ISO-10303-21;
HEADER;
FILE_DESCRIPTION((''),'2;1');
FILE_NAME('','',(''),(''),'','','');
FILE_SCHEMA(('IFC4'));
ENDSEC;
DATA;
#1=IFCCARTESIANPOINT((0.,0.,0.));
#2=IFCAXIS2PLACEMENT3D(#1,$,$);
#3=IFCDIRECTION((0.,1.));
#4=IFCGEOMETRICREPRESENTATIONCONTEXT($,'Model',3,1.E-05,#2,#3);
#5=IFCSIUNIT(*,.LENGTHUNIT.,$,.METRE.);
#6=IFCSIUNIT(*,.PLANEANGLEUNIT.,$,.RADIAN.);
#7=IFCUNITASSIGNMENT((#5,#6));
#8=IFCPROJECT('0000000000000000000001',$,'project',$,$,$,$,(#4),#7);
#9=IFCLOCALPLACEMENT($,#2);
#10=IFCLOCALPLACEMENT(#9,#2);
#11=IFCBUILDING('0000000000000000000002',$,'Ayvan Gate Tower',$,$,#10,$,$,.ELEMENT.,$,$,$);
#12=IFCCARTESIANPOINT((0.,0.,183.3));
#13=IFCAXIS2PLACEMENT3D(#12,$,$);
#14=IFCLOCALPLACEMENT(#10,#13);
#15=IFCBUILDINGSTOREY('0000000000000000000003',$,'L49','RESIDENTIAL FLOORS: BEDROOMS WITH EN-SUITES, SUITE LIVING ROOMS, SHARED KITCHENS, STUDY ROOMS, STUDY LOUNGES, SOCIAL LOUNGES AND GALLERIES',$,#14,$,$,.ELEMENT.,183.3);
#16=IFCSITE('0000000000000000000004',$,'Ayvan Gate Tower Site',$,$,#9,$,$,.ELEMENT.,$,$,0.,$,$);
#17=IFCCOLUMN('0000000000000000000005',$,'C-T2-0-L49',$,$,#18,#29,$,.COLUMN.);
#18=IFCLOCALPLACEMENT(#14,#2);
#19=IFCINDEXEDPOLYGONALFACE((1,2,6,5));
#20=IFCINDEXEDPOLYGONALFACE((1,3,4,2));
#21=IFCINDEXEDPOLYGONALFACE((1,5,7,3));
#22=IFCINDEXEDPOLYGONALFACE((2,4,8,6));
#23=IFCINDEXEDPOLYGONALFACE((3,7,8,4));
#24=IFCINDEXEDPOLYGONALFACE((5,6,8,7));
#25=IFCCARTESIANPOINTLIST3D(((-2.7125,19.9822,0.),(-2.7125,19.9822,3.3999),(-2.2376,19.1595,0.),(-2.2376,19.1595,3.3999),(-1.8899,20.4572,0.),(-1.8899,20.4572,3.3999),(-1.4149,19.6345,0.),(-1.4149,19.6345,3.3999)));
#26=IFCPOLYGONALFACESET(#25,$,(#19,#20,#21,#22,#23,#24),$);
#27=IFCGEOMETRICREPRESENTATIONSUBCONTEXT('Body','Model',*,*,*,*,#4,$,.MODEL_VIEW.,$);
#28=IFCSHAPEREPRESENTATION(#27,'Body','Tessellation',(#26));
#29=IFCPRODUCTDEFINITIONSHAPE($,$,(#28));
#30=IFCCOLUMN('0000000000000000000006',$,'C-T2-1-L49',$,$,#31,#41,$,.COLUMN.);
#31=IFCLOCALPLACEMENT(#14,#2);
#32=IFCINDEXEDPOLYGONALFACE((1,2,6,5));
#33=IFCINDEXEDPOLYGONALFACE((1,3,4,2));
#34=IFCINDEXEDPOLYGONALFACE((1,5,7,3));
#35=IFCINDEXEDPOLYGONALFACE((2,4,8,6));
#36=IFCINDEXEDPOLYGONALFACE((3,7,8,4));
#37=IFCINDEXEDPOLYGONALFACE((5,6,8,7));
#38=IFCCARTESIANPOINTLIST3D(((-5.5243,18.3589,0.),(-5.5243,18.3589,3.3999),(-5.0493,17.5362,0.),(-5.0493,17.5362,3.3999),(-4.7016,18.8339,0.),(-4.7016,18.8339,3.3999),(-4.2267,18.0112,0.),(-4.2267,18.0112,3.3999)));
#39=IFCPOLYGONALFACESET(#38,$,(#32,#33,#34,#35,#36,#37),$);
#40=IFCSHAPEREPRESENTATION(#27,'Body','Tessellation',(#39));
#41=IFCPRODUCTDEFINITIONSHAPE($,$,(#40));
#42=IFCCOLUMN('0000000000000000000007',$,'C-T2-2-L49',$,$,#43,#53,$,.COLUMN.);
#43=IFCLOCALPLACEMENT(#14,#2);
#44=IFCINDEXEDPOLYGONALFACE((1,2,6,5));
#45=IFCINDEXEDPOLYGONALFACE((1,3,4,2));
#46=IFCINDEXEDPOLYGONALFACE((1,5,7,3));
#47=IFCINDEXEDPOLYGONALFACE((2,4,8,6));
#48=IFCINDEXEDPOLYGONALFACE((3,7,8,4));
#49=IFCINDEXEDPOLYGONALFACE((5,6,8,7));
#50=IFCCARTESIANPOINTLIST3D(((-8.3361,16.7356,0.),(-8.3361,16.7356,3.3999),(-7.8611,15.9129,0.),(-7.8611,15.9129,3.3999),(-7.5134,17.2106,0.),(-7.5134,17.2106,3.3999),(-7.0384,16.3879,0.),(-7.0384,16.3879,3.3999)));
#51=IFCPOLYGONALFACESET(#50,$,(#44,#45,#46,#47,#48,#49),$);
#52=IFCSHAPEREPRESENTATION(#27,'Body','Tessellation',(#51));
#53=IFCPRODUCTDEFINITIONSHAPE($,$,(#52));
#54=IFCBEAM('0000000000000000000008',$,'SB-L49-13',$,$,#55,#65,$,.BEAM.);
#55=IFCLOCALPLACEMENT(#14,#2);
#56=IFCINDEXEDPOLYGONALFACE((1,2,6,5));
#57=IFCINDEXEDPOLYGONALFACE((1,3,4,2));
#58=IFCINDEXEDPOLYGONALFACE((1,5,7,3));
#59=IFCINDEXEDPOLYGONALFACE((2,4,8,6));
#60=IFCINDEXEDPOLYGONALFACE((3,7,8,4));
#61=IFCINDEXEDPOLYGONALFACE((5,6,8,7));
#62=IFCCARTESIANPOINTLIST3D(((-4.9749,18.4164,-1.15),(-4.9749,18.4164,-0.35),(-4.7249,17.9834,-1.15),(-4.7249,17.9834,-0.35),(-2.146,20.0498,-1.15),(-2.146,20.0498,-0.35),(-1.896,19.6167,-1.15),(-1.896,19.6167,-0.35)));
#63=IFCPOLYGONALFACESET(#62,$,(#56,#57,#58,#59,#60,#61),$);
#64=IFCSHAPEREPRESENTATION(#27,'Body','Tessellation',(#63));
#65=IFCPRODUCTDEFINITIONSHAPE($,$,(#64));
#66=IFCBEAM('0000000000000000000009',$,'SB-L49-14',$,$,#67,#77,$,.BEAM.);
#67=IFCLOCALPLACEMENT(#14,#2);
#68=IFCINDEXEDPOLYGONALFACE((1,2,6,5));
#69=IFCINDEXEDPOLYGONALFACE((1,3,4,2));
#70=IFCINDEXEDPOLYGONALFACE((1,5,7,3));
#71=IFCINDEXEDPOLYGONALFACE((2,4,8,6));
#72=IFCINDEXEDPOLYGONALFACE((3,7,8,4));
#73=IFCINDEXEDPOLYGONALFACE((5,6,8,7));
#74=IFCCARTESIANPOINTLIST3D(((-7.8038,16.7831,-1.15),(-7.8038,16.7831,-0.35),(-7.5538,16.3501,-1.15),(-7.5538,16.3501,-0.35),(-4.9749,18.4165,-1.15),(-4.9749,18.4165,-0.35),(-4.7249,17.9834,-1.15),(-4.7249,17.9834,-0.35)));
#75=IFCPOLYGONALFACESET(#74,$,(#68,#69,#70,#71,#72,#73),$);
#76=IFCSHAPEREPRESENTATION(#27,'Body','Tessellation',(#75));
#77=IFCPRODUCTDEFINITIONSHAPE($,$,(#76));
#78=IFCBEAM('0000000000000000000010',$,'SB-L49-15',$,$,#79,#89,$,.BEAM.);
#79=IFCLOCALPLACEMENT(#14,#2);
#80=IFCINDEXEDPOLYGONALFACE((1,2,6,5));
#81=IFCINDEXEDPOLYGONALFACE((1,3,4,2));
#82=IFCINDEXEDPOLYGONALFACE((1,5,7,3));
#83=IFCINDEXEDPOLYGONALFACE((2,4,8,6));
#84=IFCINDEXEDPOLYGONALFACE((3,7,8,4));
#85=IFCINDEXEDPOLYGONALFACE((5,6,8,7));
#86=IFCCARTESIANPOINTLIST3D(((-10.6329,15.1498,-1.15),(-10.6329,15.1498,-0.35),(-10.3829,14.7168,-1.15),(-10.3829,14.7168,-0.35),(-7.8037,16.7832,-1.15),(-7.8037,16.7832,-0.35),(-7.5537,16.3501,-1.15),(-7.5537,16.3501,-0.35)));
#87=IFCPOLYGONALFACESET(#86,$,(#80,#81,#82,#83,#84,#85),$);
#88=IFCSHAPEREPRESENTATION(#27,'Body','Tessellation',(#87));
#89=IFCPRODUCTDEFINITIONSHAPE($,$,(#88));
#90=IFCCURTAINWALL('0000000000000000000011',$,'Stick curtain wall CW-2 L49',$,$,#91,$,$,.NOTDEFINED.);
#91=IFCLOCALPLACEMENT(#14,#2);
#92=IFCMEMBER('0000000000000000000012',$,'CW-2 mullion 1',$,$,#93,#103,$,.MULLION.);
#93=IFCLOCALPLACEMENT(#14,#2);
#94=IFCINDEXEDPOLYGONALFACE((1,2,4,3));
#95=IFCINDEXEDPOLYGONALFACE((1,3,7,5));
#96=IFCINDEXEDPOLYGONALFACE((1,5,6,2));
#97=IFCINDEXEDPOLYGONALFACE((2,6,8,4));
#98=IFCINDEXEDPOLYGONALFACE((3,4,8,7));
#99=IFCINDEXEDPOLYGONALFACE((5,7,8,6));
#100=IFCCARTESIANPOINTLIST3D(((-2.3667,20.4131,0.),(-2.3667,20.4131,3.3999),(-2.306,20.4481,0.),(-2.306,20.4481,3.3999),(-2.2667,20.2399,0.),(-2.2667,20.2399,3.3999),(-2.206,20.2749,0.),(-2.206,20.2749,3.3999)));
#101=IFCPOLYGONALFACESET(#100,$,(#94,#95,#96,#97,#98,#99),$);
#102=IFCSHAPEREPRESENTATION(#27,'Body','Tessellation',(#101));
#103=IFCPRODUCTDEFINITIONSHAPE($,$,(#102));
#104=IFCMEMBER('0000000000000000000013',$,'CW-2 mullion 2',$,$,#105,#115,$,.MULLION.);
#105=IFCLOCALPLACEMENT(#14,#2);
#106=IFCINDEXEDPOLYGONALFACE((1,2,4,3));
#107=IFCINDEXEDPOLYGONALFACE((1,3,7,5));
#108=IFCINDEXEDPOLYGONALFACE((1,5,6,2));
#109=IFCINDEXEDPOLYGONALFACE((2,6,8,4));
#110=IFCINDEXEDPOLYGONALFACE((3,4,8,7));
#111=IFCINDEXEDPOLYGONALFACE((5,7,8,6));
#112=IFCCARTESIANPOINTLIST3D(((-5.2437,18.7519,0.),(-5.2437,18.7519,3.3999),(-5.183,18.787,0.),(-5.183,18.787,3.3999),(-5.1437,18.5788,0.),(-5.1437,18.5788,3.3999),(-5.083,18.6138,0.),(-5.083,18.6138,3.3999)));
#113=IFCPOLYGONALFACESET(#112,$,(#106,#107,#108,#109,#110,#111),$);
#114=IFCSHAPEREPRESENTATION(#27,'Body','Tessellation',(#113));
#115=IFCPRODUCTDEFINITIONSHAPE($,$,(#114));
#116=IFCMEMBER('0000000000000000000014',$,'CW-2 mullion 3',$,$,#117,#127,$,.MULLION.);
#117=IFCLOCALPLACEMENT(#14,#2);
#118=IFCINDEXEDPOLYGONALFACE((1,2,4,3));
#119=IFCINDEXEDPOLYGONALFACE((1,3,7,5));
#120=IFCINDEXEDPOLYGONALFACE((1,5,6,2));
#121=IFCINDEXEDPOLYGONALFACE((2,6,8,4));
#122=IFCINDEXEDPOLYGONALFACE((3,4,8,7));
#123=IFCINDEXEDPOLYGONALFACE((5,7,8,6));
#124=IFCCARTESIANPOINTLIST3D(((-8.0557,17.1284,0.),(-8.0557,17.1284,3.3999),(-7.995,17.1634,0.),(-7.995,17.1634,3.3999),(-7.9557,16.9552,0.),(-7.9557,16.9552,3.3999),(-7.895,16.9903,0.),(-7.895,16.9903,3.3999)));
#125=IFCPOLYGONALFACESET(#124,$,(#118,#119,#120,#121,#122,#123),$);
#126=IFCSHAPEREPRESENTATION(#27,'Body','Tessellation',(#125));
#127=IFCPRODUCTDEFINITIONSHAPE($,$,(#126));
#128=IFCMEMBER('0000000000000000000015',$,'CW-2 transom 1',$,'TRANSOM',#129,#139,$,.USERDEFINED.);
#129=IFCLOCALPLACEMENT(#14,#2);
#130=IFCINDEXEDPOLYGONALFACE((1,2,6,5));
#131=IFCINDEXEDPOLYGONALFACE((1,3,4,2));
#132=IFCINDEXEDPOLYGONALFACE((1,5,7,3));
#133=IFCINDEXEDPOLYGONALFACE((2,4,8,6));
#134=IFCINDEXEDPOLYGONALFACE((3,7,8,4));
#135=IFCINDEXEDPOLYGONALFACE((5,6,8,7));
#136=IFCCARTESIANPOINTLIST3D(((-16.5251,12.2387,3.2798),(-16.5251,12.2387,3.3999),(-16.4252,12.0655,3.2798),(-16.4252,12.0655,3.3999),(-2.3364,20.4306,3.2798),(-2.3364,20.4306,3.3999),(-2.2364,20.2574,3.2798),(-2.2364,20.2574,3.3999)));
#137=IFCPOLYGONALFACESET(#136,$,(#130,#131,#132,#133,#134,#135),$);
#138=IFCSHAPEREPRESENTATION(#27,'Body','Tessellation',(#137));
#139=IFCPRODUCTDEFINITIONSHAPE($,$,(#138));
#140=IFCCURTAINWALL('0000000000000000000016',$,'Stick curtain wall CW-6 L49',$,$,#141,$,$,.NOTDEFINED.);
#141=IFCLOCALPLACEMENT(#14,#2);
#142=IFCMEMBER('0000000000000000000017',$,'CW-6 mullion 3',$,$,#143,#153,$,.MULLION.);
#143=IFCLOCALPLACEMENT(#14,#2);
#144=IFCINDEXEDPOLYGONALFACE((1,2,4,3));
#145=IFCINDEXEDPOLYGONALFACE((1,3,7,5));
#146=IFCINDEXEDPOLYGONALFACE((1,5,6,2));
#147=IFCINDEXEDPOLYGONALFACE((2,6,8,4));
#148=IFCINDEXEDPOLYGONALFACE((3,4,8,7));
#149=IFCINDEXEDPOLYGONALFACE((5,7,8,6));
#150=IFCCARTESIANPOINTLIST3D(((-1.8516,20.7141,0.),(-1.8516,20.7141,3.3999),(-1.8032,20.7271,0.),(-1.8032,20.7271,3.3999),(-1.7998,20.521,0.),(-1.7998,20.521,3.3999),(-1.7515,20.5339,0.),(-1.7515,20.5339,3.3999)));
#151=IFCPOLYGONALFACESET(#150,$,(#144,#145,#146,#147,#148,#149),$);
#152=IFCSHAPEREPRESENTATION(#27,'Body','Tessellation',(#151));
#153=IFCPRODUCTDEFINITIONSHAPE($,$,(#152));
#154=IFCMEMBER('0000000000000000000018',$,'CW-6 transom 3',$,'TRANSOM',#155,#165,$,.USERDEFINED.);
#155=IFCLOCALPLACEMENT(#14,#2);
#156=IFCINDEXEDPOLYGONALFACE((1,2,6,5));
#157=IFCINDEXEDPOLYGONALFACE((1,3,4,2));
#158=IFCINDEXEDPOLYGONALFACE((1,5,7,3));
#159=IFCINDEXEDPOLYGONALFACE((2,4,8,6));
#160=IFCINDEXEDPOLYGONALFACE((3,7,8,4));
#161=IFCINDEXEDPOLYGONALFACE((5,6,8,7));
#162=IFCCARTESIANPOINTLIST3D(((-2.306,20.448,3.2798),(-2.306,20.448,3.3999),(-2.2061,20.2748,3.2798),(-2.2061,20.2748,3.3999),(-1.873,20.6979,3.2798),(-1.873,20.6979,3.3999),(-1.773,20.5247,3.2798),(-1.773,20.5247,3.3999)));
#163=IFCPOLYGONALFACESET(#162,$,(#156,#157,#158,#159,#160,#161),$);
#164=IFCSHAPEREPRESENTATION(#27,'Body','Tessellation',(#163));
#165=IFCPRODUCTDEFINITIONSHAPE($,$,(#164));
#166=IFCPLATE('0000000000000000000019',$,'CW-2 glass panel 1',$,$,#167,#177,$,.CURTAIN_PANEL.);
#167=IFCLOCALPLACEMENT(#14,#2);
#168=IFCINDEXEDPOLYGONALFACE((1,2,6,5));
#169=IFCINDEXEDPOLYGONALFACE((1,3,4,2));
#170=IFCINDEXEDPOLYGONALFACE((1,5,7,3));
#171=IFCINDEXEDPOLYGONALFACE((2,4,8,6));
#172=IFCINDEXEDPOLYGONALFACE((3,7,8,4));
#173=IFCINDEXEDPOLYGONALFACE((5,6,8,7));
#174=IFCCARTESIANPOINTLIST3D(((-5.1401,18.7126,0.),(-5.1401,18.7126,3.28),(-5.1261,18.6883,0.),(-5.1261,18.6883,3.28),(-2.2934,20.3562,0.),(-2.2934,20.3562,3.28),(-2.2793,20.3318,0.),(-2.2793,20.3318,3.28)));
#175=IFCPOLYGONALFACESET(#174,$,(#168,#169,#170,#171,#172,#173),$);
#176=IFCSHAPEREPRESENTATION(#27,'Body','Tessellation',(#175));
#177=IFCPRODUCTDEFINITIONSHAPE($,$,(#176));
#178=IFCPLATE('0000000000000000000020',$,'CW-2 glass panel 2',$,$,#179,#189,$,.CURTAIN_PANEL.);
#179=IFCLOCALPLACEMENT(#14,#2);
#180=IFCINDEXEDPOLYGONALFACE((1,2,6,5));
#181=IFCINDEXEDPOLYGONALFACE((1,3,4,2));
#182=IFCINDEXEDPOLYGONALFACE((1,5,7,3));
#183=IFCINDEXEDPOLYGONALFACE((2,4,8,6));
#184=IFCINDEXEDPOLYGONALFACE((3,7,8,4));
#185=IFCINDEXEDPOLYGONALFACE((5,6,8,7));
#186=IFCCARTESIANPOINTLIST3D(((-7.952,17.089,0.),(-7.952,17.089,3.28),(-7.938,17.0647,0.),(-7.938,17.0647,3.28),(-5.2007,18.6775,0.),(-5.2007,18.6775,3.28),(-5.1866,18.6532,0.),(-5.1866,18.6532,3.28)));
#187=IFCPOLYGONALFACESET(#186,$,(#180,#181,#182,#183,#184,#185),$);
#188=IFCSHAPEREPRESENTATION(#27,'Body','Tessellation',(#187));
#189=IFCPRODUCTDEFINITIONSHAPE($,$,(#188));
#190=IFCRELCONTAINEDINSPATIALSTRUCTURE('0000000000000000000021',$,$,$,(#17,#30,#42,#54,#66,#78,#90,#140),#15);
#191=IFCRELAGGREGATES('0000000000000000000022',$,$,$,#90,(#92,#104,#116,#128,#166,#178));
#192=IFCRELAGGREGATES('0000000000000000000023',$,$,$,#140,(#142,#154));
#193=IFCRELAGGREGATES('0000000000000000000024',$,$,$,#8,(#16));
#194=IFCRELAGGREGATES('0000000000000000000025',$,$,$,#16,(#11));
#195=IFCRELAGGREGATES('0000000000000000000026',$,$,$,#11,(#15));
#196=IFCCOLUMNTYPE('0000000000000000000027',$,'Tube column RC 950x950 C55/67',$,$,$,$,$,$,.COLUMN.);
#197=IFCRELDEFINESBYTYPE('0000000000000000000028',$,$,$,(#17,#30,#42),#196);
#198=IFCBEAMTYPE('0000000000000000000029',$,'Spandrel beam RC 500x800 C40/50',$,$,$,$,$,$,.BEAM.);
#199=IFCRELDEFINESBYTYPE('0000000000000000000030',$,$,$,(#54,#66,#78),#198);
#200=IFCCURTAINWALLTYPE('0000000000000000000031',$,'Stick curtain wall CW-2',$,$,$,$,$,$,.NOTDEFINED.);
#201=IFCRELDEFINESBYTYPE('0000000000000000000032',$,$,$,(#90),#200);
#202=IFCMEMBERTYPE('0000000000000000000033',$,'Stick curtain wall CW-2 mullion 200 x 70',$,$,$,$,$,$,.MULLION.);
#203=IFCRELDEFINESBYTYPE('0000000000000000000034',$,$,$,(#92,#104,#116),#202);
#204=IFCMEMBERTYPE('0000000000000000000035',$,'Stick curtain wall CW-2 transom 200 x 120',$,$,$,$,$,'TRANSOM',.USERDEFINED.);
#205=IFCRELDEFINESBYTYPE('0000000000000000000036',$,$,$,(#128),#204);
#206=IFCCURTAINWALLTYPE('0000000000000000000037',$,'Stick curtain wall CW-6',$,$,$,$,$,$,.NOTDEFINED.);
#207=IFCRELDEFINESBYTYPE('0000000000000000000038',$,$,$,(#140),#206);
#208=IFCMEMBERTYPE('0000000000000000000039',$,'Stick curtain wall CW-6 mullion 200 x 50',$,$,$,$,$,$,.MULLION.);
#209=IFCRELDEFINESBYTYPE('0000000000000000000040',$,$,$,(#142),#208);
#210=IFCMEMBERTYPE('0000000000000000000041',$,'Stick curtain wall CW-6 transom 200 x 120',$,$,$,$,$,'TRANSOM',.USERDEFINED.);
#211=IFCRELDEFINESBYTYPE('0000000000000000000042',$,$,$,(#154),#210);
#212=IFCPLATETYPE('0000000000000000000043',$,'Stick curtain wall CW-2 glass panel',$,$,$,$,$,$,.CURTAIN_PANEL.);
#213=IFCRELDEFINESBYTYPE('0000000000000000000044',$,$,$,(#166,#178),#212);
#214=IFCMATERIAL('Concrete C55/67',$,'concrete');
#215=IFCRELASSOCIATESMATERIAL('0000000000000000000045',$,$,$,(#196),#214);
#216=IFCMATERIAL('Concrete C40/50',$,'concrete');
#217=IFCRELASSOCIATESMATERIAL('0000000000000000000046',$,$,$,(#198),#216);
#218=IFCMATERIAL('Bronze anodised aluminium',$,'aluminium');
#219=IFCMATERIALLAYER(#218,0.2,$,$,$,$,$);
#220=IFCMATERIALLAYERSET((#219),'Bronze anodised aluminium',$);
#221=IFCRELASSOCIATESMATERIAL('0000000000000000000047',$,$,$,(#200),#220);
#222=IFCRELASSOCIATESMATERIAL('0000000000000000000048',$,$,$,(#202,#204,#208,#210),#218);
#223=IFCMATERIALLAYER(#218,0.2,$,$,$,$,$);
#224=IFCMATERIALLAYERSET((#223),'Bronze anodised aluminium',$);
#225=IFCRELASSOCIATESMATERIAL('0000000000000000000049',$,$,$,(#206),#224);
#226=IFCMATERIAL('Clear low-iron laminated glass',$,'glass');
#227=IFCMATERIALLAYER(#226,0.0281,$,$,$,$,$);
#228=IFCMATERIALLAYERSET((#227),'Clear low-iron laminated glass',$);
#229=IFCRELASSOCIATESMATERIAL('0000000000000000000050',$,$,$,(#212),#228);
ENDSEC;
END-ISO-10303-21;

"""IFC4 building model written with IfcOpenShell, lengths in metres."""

from ifc_helpers import new_model, si_unit, direction, frame, origin, origin_2d, place, context, subcontext, project, spatial, rectangle, extrude, material, layer, layer_set, material_profile, profile_set, type_object, element, aggregate, save


model = new_model("IFC4")

# Units and contexts
model_context = context("Model", 3, precision=1e-05, world=origin(), true_north=direction((0.0, 1.0)))
body_context = subcontext(model_context, "Body", "Model", "MODEL_VIEW")
ifc_project = project(units=[si_unit("LENGTHUNIT", "METRE"), si_unit("PLANEANGLEUNIT", "RADIAN")], contexts=[model_context])

# Site, building, storey
site_placement = place(None, origin())
site = spatial("IfcSite", under=ifc_project, at=site_placement, Name="Ayvan Gate Tower Site", CompositionType="ELEMENT", RefElevation=0.0)
building_placement = place(site_placement, origin())
building = spatial("IfcBuilding", under=site, at=building_placement, Name="Ayvan Gate Tower", CompositionType="ELEMENT")
storey_placement = place(building_placement, frame((0.0, 0.0, 183.3)))
storey = spatial("IfcBuildingStorey", under=building, at=storey_placement, Name="L49", Description="RESIDENTIAL FLOORS: BEDROOMS WITH EN-SUITES, SUITE LIVING ROOMS, SHARED KITCHENS, STUDY ROOMS, STUDY LOUNGES, SOCIAL LOUNGES AND GALLERIES", CompositionType="ELEMENT", Elevation=183.3)

# Columns
ifc_material_1 = material(Name="Concrete C55/67", Category="concrete")
ifc_material_profile_1 = material_profile(ifc_material_1, rectangle(XDim=0.95, YDim=0.95, at=origin_2d()), Name="RC 950x950")
ifc_profile_set_1 = profile_set([ifc_material_profile_1], Name="Concrete C55/67")
column_type = type_object("IfcColumnType", Name="Tube column RC 950x950 C55/67", PredefinedType="COLUMN", material=ifc_profile_set_1)
for number, where, z_axis, x_axis, name in (
    (1, (-2.0637, 19.8083, 0.0), (0.0, 0.0, 1.0), (-0.5, 0.866025, 0.0), "C-T2-0-L49"),
    (2, (-4.8755, 18.1851, 0.0), (0.0, 0.0, 1.0), (-0.5, 0.866025, 0.0), "C-T2-1-L49"),
    (3, (-7.6873, 16.5618, 0.0), (0.0, 0.0, 1.0), (-0.5, 0.866025, 0.0), "C-T2-2-L49"),
):
    element("IfcColumn", number, at=place(storey_placement, frame(where, z_axis=z_axis, x_axis=x_axis)), inside=storey, type_object=column_type, Name=name, PredefinedType="COLUMN", context=body_context, shape_type="SweptSolid", body=[
        extrude(rectangle(XDim=0.95, YDim=0.95, at=origin_2d()), origin(), (0.0, 0.0, 1.0), 3.3999),
    ])

# Beams
ifc_material_2 = material(Name="Concrete C40/50", Category="concrete")
ifc_material_profile_2 = material_profile(ifc_material_2, rectangle(XDim=0.5, YDim=0.8, at=origin_2d()), Name="RC 500x800")
ifc_profile_set_2 = profile_set([ifc_material_profile_2], Name="Concrete C40/50")
beam_type = type_object("IfcBeamType", Name="Spandrel beam RC 500x800 C40/50", PredefinedType="BEAM", material=ifc_profile_set_2)
for number, where, z_axis, x_axis, name in (
    (4, (-2.021, 19.8333, -0.75), (-0.866018, -0.500014, 0.0), (0.500014, -0.866018, 0.0), "SB-L49-13"),
    (5, (-4.8499, 18.2, -0.75), (-0.866018, -0.500014, 0.0), (0.500014, -0.866018, 0.0), "SB-L49-14"),
):
    element("IfcBeam", number, at=place(storey_placement, frame(where, z_axis=z_axis, x_axis=x_axis)), inside=storey, type_object=beam_type, Name=name, PredefinedType="BEAM", context=body_context, shape_type="SweptSolid", body=[
        extrude(rectangle(XDim=0.5, YDim=0.8, at=origin_2d()), origin(), (0.0, 0.0, 1.0), 3.2666),
    ])
beam_placement = place(storey_placement, frame((-7.6787, 16.5667, -0.75), z_axis=(-0.866036, -0.499981, 0.0), x_axis=(0.499981, -0.866036, 0.0)))
element("IfcBeam", 6, at=beam_placement, inside=storey, type_object=beam_type, Name="SB-L49-15", PredefinedType="BEAM", context=body_context, shape_type="SweptSolid", body=[
    extrude(rectangle(XDim=0.5, YDim=0.8, at=origin_2d()), origin(), (0.0, 0.0, 1.0), 3.2668),
])

# Curtain walls, members
ifc_material_3 = material(Name="Bronze anodised aluminium", Category="aluminium")
ifc_layer_1 = layer(ifc_material_3, 0.2)
ifc_layer_set_1 = layer_set([ifc_layer_1], Name="Bronze anodised aluminium")
curtain_wall_type_1 = type_object("IfcCurtainWallType", Name="Stick curtain wall CW-2", PredefinedType="NOTDEFINED", material=ifc_layer_set_1)
curtain_wall_1_placement = place(storey_placement, origin())
curtain_wall_1 = element("IfcCurtainWall", 7, at=curtain_wall_1_placement, inside=storey, type_object=curtain_wall_type_1, Name="Stick curtain wall CW-2 L49", PredefinedType="NOTDEFINED")
ifc_material_profile_3 = material_profile(ifc_material_3, rectangle(XDim=0.2, YDim=0.0701, at=origin_2d()), Name="Stick curtain wall CW-2 mullion 200 x 70")
ifc_profile_set_3 = profile_set([ifc_material_profile_3], Name="Bronze anodised aluminium")
member_type_1 = type_object("IfcMemberType", Name="Stick curtain wall CW-2 mullion 200 x 70", PredefinedType="MULLION", material=ifc_profile_set_3)
member_1_placement = place(storey_placement, frame((-2.2864, 20.344, 0.0), z_axis=(0.0, 0.0, 1.0), x_axis=(-0.5, 0.866025, 0.0)))
member_1 = element("IfcMember", 8, at=member_1_placement, type_object=member_type_1, Name="CW-2 mullion 1", PredefinedType="MULLION", context=body_context, shape_type="SweptSolid", body=[
    extrude(rectangle(XDim=0.2, YDim=0.0701, at=origin_2d()), origin(), (0.0, 0.0, 1.0), 3.3999),
])
member_2_placement = place(storey_placement, frame((-5.1633, 18.6829, 0.0), z_axis=(0.0, 0.0, 1.0), x_axis=(-0.5, 0.866025, 0.0)))
member_2 = element("IfcMember", 9, at=member_2_placement, type_object=member_type_1, Name="CW-2 mullion 2", PredefinedType="MULLION", context=body_context, shape_type="SweptSolid", body=[
    extrude(rectangle(XDim=0.2, YDim=0.0701, at=origin_2d()), origin(), (0.0, 0.0, 1.0), 3.3999),
])
member_3_placement = place(storey_placement, frame((-7.9753, 17.0593, 0.0), z_axis=(0.0, 0.0, 1.0), x_axis=(-0.5, 0.866025, 0.0)))
member_3 = element("IfcMember", 10, at=member_3_placement, type_object=member_type_1, Name="CW-2 mullion 3", PredefinedType="MULLION", context=body_context, shape_type="SweptSolid", body=[
    extrude(rectangle(XDim=0.2, YDim=0.0701, at=origin_2d()), origin(), (0.0, 0.0, 1.0), 3.3999),
])
ifc_material_profile_4 = material_profile(ifc_material_3, rectangle(XDim=0.2, YDim=0.1201, at=origin_2d()), Name="Stick curtain wall CW-2 transom 200 x 120")
ifc_profile_set_4 = profile_set([ifc_material_profile_4], Name="Bronze anodised aluminium")
member_type_2 = type_object("IfcMemberType", Name="Stick curtain wall CW-2 transom 200 x 120", ElementType="TRANSOM", PredefinedType="USERDEFINED", material=ifc_profile_set_4)
member_4_placement = place(storey_placement, frame((-2.2864, 20.344, 3.3398), z_axis=(-0.866025, -0.500002, 0.0), x_axis=(0.500002, -0.866025, 0.0)))
member_4 = element("IfcMember", 11, at=member_4_placement, type_object=member_type_2, Name="CW-2 transom 1", ObjectType="TRANSOM", PredefinedType="USERDEFINED", context=body_context, shape_type="SweptSolid", body=[
    extrude(rectangle(XDim=0.2, YDim=0.1201, at=origin_2d()), origin(), (0.0, 0.0, 1.0), 16.3838),
])
ifc_layer_2 = layer(ifc_material_3, 0.2)
ifc_layer_set_2 = layer_set([ifc_layer_2], Name="Bronze anodised aluminium")
curtain_wall_type_2 = type_object("IfcCurtainWallType", Name="Stick curtain wall CW-6", PredefinedType="NOTDEFINED", material=ifc_layer_set_2)
curtain_wall_2_placement = place(storey_placement, origin())
curtain_wall_2 = element("IfcCurtainWall", 12, at=curtain_wall_2_placement, inside=storey, type_object=curtain_wall_type_2, Name="Stick curtain wall CW-6 L49", PredefinedType="NOTDEFINED")
ifc_material_profile_5 = material_profile(ifc_material_3, rectangle(XDim=0.2, YDim=0.05, at=origin_2d()), Name="Stick curtain wall CW-6 mullion 200 x 50")
ifc_profile_set_5 = profile_set([ifc_material_profile_5], Name="Bronze anodised aluminium")
member_type_3 = type_object("IfcMemberType", Name="Stick curtain wall CW-6 mullion 200 x 50", PredefinedType="MULLION", material=ifc_profile_set_5)
member_5_placement = place(storey_placement, frame((-1.8015, 20.624, 0.0), z_axis=(0.0, 0.0, 1.0), x_axis=(-0.258819, 0.965926, 0.0)))
member_5 = element("IfcMember", 13, at=member_5_placement, type_object=member_type_3, Name="CW-6 mullion 3", PredefinedType="MULLION", context=body_context, shape_type="SweptSolid", body=[
    extrude(rectangle(XDim=0.2, YDim=0.05, at=origin_2d()), origin(), (0.0, 0.0, 1.0), 3.3999),
])
ifc_material_profile_6 = material_profile(ifc_material_3, rectangle(XDim=0.2, YDim=0.1201, at=origin_2d()), Name="Stick curtain wall CW-6 transom 200 x 120")
ifc_profile_set_6 = profile_set([ifc_material_profile_6], Name="Bronze anodised aluminium")
member_type_4 = type_object("IfcMemberType", Name="Stick curtain wall CW-6 transom 200 x 120", ElementType="TRANSOM", PredefinedType="USERDEFINED", material=ifc_profile_set_6)
member_6_placement = place(storey_placement, frame((-1.823, 20.6113, 3.3398), z_axis=(-0.866072, -0.49992, 0.0), x_axis=(0.49992, -0.866072, 0.0)))
member_6 = element("IfcMember", 14, at=member_6_placement, type_object=member_type_4, Name="CW-6 transom 3", ObjectType="TRANSOM", PredefinedType="USERDEFINED", context=body_context, shape_type="SweptSolid", body=[
    extrude(rectangle(XDim=0.2, YDim=0.1201, at=origin_2d()), origin(), (0.0, 0.0, 1.0), 0.5),
])

# Plates
ifc_material_4 = material(Name="Clear low-iron laminated glass", Category="glass")
ifc_layer_3 = layer(ifc_material_4, 0.0281)
ifc_layer_set_3 = layer_set([ifc_layer_3], Name="Clear low-iron laminated glass")
plate_type_1 = type_object("IfcPlateType", Name="Stick curtain wall CW-2 glass panel", PredefinedType="CURTAIN_PANEL", material=ifc_layer_set_3)
plate_1_placement = place(storey_placement, frame((-3.7097, 19.5222, 0.0), z_axis=(0.0, 0.0, 1.0), x_axis=(-0.866025, -0.5, 0.0)))
plate_1 = element("IfcPlate", 15, at=plate_1_placement, type_object=plate_type_1, Name="CW-2 glass panel 1", PredefinedType="CURTAIN_PANEL", context=body_context, shape_type="SweptSolid", body=[
    extrude(rectangle(XDim=3.2871, YDim=0.0281, at=origin_2d()), origin(), (0.0, 0.0, 1.0), 3.28),
])
plate_2_placement = place(storey_placement, frame((-6.5693, 17.8711, 0.0), z_axis=(0.0, 0.0, 1.0), x_axis=(-0.866025, -0.5, 0.0)))
plate_2 = element("IfcPlate", 16, at=plate_2_placement, type_object=plate_type_1, Name="CW-2 glass panel 2", PredefinedType="CURTAIN_PANEL", context=body_context, shape_type="SweptSolid", body=[
    extrude(rectangle(XDim=3.177, YDim=0.0281, at=origin_2d()), origin(), (0.0, 0.0, 1.0), 3.28),
])
aggregate(curtain_wall_1, [member_1, member_2, member_3, member_4, plate_1, plate_2])
aggregate(curtain_wall_2, [member_5, member_6])

save(model, "model.ifc")
